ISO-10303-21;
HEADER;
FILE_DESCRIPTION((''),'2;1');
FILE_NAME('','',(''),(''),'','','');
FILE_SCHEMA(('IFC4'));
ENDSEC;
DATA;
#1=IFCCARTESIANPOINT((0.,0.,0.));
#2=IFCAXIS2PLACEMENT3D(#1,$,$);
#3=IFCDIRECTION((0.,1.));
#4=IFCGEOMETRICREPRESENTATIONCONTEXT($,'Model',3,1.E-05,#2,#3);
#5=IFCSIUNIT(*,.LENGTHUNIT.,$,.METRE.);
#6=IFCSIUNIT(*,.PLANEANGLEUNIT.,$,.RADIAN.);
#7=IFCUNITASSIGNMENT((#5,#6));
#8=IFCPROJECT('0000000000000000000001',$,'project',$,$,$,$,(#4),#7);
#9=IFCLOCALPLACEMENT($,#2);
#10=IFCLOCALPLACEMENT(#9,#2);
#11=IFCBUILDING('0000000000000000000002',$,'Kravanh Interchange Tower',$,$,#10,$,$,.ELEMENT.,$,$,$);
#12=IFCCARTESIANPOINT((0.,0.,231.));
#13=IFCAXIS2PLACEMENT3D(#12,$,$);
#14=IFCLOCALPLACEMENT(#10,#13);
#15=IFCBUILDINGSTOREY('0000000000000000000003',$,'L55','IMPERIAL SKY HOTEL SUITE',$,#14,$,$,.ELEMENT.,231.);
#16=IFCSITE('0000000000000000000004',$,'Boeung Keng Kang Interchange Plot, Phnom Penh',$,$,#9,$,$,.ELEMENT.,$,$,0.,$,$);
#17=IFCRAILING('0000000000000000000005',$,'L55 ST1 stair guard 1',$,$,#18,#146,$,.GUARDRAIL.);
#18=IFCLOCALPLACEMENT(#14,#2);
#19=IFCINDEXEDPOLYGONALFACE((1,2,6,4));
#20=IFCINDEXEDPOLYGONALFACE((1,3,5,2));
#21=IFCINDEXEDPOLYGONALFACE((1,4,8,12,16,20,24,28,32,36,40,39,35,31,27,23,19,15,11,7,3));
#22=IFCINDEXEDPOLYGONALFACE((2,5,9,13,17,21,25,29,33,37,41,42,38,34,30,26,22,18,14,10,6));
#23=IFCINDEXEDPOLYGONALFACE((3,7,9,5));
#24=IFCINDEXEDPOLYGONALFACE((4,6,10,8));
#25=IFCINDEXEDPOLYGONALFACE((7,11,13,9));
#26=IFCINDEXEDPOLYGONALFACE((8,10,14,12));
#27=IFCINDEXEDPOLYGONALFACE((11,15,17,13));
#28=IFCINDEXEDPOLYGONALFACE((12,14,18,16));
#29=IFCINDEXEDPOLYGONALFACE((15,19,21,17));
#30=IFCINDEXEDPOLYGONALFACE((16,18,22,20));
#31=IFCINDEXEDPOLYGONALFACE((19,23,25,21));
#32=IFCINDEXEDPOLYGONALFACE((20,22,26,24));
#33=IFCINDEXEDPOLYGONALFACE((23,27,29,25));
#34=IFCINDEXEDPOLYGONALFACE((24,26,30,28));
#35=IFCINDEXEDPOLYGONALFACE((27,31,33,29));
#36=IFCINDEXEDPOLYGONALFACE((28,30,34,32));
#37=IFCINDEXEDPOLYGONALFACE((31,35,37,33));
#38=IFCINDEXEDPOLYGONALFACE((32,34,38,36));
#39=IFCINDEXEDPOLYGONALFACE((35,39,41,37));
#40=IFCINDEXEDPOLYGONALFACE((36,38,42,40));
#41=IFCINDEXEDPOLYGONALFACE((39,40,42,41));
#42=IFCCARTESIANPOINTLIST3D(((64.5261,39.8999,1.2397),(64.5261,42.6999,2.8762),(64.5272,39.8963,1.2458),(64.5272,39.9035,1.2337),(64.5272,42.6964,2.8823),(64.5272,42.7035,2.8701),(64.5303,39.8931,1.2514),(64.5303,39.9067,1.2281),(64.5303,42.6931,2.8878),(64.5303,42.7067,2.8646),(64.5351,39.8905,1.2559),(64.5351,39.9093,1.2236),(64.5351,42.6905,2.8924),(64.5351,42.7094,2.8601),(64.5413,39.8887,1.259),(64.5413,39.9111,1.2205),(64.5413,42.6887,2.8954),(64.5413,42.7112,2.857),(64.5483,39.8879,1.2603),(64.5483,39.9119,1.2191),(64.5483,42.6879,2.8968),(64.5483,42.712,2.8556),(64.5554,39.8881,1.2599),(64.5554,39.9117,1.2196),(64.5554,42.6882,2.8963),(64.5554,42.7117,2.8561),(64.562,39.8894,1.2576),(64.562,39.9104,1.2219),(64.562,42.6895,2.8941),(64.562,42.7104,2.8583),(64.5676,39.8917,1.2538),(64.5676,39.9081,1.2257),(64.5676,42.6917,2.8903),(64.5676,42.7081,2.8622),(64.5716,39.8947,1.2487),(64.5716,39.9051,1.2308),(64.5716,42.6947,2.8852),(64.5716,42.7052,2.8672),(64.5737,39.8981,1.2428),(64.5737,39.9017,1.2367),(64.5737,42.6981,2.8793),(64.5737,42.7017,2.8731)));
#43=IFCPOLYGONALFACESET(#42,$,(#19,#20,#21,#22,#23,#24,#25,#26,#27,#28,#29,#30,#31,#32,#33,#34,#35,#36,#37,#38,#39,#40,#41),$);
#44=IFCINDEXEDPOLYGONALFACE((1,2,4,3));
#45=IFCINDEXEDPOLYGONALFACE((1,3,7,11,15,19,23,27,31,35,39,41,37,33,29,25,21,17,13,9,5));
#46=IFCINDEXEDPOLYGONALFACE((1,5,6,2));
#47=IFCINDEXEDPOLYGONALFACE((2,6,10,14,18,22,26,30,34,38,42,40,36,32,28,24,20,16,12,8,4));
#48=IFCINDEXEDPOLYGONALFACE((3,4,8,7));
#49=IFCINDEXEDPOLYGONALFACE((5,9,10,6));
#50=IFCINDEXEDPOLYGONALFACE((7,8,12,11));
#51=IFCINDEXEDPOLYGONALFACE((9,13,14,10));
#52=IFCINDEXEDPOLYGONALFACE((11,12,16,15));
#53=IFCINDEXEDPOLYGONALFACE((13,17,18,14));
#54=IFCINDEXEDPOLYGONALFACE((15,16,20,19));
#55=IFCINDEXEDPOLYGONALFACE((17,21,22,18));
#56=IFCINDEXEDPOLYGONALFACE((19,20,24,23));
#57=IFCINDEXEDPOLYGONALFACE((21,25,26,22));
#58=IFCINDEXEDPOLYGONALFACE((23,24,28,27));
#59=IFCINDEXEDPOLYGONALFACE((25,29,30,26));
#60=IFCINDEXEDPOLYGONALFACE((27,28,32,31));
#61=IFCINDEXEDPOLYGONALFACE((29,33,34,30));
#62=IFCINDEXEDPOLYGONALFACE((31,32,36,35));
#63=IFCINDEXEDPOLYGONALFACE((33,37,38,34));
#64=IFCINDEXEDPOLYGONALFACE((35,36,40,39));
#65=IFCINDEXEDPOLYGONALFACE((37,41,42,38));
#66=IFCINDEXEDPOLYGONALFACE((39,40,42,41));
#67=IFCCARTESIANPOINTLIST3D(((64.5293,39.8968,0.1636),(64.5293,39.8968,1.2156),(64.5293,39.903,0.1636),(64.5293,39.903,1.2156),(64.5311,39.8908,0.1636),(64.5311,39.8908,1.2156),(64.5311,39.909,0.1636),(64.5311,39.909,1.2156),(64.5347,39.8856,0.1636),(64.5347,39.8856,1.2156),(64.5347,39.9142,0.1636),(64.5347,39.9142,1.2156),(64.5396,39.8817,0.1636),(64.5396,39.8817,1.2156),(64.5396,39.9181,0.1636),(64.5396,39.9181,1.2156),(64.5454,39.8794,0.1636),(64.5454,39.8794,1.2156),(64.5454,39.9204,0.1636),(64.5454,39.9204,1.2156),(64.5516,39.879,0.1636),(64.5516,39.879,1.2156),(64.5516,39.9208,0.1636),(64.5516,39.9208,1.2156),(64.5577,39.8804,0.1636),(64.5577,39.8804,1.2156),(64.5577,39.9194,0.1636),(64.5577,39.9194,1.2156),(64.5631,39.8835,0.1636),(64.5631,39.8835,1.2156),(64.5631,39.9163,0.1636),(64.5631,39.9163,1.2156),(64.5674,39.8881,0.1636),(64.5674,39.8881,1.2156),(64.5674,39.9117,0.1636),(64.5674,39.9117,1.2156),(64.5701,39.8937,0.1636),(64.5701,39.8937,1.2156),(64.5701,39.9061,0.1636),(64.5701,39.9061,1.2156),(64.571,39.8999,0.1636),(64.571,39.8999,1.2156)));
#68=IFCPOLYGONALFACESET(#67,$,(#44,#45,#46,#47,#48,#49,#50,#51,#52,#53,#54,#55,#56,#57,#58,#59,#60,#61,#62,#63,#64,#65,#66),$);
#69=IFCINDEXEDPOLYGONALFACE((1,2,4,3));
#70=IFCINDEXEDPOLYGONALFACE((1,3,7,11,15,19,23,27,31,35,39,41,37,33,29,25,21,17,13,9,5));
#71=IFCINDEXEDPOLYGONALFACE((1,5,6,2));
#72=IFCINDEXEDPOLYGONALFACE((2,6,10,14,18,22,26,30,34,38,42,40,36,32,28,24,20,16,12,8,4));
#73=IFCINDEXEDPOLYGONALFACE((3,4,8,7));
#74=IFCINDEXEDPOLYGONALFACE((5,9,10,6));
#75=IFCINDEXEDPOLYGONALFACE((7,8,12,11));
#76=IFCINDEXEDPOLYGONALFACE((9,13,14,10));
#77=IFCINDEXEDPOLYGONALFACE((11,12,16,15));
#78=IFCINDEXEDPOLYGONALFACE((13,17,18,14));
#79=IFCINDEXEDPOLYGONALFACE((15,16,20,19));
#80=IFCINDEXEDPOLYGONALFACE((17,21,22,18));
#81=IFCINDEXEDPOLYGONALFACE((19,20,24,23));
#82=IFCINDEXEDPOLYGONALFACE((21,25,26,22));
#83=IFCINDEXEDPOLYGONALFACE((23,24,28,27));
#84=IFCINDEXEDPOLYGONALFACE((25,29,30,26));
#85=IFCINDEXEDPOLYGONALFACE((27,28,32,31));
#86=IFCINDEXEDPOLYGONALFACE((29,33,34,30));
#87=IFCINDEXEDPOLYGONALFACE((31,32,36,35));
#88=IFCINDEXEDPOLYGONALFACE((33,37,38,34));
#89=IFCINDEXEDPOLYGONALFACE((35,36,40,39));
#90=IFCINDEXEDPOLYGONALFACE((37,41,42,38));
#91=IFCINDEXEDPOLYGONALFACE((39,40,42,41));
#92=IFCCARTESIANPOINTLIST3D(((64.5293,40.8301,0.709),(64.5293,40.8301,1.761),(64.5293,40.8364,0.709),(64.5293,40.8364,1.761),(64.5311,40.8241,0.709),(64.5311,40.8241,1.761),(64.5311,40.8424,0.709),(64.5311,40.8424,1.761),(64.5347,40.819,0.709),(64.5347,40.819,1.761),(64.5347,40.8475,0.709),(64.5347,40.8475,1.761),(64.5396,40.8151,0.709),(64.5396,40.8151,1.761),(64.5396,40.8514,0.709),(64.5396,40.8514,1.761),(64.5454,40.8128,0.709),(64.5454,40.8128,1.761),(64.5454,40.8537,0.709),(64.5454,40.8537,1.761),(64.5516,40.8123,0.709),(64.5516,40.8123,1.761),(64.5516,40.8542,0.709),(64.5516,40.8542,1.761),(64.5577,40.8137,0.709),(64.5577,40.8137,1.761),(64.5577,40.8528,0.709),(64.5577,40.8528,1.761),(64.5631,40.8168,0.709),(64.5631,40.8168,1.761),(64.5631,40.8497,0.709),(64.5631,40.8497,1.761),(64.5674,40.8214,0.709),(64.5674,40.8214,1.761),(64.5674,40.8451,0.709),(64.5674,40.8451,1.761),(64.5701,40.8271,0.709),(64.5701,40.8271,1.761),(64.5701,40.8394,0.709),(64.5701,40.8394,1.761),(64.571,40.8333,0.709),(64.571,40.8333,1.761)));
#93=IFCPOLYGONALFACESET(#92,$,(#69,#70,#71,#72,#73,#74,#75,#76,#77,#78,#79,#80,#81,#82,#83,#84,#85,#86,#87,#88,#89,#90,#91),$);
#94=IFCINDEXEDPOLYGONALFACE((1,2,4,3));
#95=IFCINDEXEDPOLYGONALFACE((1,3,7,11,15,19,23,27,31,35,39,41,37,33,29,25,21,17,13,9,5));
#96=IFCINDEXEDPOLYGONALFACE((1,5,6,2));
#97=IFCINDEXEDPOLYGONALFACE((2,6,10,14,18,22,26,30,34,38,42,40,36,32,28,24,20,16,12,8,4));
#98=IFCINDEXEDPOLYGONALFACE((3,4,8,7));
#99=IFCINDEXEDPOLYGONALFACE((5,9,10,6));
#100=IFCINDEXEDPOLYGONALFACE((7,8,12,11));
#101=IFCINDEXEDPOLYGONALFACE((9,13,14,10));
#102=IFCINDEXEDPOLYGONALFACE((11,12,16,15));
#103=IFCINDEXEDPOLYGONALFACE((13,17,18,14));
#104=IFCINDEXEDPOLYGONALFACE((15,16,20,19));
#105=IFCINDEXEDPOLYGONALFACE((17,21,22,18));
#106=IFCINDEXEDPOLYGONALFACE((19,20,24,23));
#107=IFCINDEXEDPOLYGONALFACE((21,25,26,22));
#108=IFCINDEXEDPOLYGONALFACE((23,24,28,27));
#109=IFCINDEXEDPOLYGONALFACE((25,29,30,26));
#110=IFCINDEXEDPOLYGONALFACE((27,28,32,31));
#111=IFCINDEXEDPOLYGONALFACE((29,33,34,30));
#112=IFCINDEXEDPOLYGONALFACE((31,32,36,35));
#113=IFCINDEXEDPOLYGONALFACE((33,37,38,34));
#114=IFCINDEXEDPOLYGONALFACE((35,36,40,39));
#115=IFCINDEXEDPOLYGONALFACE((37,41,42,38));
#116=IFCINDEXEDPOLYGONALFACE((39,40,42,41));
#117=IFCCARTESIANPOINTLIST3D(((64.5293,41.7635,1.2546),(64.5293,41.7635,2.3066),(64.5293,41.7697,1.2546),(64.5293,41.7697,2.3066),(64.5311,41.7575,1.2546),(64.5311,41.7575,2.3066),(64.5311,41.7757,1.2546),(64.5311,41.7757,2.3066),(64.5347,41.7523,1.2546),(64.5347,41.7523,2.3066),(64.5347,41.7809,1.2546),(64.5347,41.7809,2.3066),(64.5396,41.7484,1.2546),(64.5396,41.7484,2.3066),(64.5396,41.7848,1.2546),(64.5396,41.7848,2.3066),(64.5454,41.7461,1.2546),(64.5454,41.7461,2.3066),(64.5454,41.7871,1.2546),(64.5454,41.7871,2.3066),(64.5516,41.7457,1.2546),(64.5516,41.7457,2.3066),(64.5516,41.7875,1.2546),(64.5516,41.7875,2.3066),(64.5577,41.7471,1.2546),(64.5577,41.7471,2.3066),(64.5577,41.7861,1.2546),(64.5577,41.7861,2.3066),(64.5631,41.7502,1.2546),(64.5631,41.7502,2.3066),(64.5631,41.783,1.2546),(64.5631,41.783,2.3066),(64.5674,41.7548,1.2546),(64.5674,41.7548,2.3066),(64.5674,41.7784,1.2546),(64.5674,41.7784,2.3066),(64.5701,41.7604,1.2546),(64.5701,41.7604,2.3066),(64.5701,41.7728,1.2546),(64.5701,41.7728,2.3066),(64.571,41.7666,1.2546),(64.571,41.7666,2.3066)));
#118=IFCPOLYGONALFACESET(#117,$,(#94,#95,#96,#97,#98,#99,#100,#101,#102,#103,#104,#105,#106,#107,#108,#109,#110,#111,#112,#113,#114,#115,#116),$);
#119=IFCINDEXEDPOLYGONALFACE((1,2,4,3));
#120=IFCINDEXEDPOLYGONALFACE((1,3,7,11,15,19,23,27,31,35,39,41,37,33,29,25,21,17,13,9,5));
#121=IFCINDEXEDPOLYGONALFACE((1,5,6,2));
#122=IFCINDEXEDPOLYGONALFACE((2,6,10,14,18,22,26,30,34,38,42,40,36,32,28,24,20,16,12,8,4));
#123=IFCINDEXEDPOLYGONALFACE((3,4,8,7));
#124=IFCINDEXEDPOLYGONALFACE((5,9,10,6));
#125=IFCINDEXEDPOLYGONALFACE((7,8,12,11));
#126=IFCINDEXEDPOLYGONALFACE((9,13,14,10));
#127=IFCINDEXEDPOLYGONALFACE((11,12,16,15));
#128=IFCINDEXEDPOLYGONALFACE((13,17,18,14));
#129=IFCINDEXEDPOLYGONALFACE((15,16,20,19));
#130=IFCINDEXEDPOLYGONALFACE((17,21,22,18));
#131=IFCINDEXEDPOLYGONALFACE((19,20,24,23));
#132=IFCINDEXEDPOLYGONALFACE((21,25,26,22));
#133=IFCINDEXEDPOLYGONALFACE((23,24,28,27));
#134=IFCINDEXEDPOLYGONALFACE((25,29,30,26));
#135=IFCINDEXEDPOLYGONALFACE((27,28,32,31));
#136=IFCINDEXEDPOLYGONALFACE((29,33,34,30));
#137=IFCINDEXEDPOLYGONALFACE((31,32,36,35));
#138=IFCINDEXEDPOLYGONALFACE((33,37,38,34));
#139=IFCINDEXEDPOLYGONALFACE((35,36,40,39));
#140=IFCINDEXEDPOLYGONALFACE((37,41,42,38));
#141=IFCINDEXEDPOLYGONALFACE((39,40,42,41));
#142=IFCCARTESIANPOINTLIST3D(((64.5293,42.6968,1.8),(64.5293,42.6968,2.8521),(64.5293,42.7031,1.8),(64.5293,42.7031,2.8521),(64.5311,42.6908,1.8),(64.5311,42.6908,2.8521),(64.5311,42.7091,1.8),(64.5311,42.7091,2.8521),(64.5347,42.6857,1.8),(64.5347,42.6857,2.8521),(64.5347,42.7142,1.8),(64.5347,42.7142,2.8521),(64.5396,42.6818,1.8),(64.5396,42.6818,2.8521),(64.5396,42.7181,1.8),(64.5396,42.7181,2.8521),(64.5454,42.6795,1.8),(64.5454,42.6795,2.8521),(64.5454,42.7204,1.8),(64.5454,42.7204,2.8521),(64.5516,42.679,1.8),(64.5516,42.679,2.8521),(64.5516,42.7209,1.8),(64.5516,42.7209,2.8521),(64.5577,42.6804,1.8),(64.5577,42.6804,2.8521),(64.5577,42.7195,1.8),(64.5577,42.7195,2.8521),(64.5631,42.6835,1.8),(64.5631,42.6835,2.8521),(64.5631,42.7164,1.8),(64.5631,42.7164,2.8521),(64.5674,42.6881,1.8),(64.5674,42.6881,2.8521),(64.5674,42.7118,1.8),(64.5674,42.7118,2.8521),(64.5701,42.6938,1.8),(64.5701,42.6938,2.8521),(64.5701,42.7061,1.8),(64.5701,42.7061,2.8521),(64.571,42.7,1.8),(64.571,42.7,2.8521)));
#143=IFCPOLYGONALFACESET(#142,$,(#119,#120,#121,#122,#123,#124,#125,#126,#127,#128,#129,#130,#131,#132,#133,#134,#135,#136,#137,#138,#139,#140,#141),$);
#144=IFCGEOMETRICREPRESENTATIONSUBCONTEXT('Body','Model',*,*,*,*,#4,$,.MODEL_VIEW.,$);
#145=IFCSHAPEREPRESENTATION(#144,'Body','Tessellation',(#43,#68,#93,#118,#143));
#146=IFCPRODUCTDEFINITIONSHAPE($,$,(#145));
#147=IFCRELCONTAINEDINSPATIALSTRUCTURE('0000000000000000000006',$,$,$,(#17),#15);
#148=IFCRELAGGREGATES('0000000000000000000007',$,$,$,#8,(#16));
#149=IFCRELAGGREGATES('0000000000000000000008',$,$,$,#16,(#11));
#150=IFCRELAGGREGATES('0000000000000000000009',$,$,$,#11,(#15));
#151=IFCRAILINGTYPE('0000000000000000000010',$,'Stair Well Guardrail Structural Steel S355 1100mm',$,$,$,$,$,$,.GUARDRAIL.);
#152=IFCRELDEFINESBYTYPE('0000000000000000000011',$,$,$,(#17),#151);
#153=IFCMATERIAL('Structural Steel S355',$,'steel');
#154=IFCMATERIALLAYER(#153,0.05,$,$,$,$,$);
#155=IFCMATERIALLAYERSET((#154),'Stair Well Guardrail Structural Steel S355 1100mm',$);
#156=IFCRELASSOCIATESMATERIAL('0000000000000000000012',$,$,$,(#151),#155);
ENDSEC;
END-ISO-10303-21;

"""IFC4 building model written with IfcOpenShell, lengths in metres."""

from ifc_helpers import new_model, si_unit, direction, frame, origin, origin_2d, place, context, subcontext, project, spatial, circle, extrude, material, layer, layer_set, type_object, element, save


model = new_model("IFC4")

# Units and contexts
model_context = context("Model", 3, precision=1e-05, world=origin(), true_north=direction((0.0, 1.0)))
body_context = subcontext(model_context, "Body", "Model", "MODEL_VIEW")
ifc_project = project(units=[si_unit("LENGTHUNIT", "METRE"), si_unit("PLANEANGLEUNIT", "RADIAN")], contexts=[model_context])

# Site, building, storey
site_placement = place(None, origin())
site = spatial("IfcSite", under=ifc_project, at=site_placement, Name="Boeung Keng Kang Interchange Plot, Phnom Penh", CompositionType="ELEMENT", RefElevation=0.0)
building_placement = place(site_placement, origin())
building = spatial("IfcBuilding", under=site, at=building_placement, Name="Kravanh Interchange Tower", CompositionType="ELEMENT")
storey_placement = place(building_placement, frame((0.0, 0.0, 231.0)))
storey = spatial("IfcBuildingStorey", under=building, at=storey_placement, Name="L55", Description="IMPERIAL SKY HOTEL SUITE", CompositionType="ELEMENT", Elevation=231.0)

# Railing
ifc_material_1 = material(Name="Structural Steel S355", Category="steel")
ifc_layer_1 = layer(ifc_material_1, 0.05)
ifc_layer_set_1 = layer_set([ifc_layer_1], Name="Stair Well Guardrail Structural Steel S355 1100mm")
railing_type_1 = type_object("IfcRailingType", Name="Stair Well Guardrail Structural Steel S355 1100mm", PredefinedType="GUARDRAIL", material=ifc_layer_set_1)
railing_1_placement = place(storey_placement, frame((64.55, 39.8999, 0.1636)))
element("IfcRailing", 1, at=railing_1_placement, inside=storey, type_object=railing_type_1, Name="L55 ST1 stair guard 1", PredefinedType="GUARDRAIL", context=body_context, shape_type="SweptSolid", body=[
    extrude(circle(Radius=0.0239, at=origin_2d()), frame((0.0, 0.0, 1.0762), z_axis=(0.0, 0.863361, 0.504587), x_axis=(-1.0, 0.0, 0.0)), (0.0, 0.0, 1.0), 3.2432),
    extrude(circle(Radius=0.021, at=origin_2d()), origin(), (0.0, 0.0, 1.0), 1.052),
    extrude(circle(Radius=0.021, at=origin_2d()), frame((0.0, 0.9333, 0.5454)), (0.0, 0.0, 1.0), 1.052),
    extrude(circle(Radius=0.021, at=origin_2d()), frame((0.0, 1.8667, 1.0911)), (0.0, 0.0, 1.0), 1.052),
    extrude(circle(Radius=0.021, at=origin_2d()), frame((0.0, 2.8, 1.6365)), (0.0, 0.0, 1.0), 1.052),
])

save(model, "model.ifc")
